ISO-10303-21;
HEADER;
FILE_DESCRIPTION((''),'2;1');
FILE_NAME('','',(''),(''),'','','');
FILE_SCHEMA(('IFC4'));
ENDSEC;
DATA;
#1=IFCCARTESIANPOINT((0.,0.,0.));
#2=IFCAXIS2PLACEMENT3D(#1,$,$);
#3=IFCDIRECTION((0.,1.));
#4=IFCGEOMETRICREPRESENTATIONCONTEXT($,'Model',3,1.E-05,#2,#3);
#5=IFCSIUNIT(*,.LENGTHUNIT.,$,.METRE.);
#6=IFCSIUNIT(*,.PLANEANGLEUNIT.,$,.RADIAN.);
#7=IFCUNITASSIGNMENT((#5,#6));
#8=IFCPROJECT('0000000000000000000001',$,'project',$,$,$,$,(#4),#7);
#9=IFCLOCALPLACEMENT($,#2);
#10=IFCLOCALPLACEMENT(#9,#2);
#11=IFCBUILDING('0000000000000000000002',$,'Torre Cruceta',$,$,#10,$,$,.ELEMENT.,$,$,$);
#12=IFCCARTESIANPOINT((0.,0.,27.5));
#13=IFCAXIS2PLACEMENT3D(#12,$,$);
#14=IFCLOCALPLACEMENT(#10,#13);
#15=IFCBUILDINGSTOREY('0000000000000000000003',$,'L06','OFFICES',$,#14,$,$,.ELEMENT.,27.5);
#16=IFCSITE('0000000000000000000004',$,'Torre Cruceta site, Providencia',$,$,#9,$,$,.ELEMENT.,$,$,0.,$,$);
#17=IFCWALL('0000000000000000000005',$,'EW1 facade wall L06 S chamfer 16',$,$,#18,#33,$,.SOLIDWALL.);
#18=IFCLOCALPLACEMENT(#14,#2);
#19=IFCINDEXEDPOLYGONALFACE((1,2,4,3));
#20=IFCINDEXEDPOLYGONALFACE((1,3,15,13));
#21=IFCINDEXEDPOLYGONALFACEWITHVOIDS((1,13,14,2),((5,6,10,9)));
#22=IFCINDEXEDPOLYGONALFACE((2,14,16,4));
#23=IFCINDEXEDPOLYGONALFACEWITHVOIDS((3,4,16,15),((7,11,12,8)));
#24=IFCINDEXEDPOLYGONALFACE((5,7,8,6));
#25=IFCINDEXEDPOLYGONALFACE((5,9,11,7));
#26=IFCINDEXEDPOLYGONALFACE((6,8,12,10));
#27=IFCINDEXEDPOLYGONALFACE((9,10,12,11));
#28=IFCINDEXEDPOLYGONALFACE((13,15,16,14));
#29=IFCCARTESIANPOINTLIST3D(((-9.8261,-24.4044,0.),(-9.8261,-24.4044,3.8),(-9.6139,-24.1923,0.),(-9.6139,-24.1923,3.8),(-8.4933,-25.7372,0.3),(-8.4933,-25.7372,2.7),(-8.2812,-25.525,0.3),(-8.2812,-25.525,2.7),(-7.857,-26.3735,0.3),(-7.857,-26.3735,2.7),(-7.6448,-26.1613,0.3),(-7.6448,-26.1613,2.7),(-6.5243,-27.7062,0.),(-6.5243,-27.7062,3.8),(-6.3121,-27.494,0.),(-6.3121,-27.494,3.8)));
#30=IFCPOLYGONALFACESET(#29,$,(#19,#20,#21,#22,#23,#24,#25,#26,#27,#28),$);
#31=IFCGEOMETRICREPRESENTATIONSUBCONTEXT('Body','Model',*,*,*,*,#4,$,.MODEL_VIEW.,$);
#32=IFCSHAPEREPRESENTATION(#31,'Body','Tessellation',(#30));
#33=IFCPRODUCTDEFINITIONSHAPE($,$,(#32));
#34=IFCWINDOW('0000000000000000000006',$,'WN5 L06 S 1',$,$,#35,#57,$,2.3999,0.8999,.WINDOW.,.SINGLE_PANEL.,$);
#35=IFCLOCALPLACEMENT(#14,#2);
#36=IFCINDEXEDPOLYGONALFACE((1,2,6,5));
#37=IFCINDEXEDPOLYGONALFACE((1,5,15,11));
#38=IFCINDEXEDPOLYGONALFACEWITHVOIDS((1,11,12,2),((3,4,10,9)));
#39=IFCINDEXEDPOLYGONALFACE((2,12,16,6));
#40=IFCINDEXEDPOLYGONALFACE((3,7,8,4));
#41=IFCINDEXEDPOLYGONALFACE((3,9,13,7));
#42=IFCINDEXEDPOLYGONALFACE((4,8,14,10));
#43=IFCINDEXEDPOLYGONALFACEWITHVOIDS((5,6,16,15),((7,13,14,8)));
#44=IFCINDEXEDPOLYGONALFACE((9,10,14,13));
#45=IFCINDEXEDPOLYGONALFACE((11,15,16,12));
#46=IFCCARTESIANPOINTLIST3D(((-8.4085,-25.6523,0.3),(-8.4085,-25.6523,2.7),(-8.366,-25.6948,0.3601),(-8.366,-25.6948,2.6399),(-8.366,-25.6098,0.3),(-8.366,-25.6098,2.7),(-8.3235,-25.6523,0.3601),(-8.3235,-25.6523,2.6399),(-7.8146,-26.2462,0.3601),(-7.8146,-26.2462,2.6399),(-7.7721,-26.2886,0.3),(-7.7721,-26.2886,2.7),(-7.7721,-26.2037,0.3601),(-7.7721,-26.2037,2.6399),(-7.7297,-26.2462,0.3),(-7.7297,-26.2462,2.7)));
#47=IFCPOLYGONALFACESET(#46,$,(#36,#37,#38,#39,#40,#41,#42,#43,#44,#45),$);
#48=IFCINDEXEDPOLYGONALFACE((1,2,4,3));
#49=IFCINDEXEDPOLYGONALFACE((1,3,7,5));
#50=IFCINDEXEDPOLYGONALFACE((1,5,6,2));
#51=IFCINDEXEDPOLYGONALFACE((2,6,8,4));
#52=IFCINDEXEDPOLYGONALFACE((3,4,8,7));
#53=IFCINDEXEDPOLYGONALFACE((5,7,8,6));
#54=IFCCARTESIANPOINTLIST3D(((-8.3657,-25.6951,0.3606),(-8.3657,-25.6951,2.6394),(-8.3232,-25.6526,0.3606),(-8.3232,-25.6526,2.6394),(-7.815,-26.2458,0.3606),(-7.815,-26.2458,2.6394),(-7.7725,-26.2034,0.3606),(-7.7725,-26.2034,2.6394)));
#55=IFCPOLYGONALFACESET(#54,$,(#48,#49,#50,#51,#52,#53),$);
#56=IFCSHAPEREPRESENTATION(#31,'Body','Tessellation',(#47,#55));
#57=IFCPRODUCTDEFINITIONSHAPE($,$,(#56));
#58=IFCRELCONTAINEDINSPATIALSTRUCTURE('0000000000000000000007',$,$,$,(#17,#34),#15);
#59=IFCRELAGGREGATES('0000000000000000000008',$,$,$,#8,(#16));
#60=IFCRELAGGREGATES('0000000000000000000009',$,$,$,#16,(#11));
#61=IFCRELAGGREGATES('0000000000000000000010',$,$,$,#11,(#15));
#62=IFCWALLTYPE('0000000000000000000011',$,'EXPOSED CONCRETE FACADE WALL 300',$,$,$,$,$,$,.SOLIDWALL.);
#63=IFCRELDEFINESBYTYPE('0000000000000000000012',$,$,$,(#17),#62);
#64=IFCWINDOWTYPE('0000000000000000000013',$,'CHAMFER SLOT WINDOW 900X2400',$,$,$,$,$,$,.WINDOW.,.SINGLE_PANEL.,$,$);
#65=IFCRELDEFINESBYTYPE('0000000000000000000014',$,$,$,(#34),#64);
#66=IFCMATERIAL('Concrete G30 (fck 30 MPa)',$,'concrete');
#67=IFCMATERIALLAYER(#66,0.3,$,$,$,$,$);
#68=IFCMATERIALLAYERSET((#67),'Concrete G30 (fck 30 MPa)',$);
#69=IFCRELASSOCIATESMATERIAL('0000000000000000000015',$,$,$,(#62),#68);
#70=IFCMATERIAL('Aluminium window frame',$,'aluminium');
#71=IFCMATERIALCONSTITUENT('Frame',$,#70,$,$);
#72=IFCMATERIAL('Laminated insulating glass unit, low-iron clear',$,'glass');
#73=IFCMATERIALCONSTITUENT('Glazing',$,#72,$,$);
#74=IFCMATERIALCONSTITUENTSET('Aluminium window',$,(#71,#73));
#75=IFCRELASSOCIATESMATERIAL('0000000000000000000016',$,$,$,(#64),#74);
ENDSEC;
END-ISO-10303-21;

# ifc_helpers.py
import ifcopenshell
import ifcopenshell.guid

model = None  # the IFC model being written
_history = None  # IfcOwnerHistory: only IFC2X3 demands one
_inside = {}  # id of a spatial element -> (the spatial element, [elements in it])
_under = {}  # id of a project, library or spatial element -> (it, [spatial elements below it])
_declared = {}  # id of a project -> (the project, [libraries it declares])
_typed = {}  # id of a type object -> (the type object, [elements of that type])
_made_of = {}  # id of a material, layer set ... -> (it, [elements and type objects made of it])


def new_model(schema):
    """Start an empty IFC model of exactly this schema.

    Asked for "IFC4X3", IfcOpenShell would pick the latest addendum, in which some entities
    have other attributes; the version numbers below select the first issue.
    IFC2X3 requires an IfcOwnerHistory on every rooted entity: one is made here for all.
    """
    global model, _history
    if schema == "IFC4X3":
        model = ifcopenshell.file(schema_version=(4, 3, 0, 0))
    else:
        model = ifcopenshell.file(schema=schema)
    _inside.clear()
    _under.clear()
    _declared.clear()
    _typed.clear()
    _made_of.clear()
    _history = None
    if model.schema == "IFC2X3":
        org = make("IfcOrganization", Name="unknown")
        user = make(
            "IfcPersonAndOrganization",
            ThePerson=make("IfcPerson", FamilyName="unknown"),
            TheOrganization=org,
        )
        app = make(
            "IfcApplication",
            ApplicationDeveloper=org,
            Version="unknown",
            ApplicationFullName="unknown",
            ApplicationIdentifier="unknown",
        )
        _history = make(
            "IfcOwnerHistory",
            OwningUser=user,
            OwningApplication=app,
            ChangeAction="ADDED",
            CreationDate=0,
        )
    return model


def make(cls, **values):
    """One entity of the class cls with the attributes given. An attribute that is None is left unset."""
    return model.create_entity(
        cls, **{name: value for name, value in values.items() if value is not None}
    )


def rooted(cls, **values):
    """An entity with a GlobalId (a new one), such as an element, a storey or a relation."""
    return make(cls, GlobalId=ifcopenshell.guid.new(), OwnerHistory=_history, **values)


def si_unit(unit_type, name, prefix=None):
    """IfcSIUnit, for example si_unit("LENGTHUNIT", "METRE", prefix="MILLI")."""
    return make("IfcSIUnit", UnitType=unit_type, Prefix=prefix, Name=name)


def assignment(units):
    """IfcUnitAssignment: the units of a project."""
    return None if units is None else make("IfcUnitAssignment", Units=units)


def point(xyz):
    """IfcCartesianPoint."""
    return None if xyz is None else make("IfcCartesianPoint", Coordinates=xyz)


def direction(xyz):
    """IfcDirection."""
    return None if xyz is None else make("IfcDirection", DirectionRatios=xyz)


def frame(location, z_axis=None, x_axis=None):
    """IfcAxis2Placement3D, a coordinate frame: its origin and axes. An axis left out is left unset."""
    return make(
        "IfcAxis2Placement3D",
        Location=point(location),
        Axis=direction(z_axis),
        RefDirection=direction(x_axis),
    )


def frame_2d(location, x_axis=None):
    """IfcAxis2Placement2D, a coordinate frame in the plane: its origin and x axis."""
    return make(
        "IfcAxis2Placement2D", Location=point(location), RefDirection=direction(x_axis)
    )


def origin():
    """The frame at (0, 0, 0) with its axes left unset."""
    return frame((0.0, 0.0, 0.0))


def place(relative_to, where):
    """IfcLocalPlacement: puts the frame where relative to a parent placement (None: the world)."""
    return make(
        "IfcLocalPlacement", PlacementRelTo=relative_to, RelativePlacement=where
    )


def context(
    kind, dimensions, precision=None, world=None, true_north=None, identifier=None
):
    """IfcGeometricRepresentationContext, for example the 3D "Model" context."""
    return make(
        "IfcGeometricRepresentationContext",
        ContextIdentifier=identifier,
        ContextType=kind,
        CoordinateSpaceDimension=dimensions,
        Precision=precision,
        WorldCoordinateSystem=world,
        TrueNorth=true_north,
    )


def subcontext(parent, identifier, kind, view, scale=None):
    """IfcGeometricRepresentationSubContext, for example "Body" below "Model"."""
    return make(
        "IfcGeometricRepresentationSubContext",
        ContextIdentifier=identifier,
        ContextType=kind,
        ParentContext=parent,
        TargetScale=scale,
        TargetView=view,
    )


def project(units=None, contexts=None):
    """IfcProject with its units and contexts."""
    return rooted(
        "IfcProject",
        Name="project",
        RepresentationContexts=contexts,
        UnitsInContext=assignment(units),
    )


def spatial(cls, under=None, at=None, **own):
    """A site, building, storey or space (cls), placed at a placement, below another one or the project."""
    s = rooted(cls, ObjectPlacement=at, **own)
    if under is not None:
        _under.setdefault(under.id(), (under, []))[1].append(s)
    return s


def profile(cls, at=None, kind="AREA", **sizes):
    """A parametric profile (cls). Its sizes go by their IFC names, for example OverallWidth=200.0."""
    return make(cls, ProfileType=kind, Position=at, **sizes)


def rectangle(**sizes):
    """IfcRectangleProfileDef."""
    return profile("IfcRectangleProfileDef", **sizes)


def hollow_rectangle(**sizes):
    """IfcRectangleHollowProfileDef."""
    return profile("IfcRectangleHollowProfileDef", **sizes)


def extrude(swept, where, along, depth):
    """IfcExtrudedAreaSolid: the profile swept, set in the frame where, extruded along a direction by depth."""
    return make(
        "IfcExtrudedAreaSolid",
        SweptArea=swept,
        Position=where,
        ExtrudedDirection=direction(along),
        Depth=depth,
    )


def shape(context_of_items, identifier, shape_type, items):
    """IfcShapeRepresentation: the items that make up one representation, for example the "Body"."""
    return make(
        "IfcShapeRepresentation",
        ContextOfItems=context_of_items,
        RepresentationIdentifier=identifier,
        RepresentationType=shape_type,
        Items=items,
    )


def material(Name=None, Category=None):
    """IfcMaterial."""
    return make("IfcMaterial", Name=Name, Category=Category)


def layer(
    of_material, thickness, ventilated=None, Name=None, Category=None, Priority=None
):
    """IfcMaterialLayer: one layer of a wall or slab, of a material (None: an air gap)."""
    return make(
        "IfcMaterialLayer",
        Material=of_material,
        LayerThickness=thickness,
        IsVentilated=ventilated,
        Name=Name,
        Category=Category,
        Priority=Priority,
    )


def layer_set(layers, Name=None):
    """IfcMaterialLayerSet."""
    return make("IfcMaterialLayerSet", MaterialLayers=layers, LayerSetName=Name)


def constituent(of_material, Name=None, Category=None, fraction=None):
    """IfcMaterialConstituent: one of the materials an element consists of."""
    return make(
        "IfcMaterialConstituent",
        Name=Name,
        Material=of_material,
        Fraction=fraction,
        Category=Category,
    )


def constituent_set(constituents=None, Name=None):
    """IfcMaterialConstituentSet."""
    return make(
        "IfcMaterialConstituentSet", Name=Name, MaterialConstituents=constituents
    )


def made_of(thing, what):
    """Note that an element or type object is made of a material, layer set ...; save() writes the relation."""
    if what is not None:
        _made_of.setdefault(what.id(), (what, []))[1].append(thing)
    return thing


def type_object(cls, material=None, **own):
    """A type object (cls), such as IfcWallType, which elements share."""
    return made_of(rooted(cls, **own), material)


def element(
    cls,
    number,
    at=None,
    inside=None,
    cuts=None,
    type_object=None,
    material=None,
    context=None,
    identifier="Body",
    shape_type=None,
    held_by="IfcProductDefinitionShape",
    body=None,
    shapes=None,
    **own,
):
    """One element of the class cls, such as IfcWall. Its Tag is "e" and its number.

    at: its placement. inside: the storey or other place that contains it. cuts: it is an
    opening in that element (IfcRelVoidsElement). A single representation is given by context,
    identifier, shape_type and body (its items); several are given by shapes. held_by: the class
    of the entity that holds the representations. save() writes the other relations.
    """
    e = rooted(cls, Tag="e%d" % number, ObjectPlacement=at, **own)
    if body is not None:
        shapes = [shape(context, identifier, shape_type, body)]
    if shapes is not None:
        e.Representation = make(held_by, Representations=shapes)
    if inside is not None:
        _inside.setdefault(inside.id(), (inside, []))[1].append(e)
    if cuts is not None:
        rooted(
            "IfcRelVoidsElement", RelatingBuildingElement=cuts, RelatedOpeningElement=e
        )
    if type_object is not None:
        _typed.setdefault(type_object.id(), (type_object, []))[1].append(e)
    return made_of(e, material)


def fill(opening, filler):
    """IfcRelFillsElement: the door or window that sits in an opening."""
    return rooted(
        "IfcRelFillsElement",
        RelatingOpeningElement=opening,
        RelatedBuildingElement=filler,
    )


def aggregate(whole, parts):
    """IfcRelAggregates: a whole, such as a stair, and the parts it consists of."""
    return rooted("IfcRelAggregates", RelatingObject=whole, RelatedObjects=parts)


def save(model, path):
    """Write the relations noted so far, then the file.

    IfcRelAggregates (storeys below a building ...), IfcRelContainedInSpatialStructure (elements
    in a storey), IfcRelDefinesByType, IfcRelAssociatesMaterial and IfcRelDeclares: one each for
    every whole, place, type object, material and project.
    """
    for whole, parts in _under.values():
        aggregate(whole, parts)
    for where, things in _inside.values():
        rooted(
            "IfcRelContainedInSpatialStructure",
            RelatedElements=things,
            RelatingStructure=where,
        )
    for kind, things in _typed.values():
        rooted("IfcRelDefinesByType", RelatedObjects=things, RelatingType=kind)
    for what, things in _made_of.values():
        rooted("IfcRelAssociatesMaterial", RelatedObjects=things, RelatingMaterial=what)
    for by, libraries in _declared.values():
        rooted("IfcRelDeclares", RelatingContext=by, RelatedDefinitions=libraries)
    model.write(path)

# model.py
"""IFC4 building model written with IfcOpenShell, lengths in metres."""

from ifc_helpers import new_model, si_unit, direction, frame, frame_2d, origin, place, context, subcontext, project, spatial, rectangle, hollow_rectangle, extrude, material, layer, layer_set, constituent, constituent_set, type_object, element, fill, save


model = new_model("IFC4")

# Units and contexts
model_context = context("Model", 3, precision=1e-05, world=origin(), true_north=direction((0.0, 1.0)))
body_context = subcontext(model_context, "Body", "Model", "MODEL_VIEW")
ifc_project = project(units=[si_unit("LENGTHUNIT", "METRE"), si_unit("PLANEANGLEUNIT", "RADIAN")], contexts=[model_context])

# Site, building, storey
site_placement = place(None, origin())
site = spatial("IfcSite", under=ifc_project, at=site_placement, Name="Torre Cruceta site, Providencia", CompositionType="ELEMENT", RefElevation=0.0)
building_placement = place(site_placement, origin())
building = spatial("IfcBuilding", under=site, at=building_placement, Name="Torre Cruceta", CompositionType="ELEMENT")
storey_placement = place(building_placement, frame((0.0, 0.0, 27.5)))
storey = spatial("IfcBuildingStorey", under=building, at=storey_placement, Name="L06", Description="OFFICES", CompositionType="ELEMENT", Elevation=27.5)

# Wall, opening, window
ifc_material_1 = material(Name="Concrete G30 (fck 30 MPa)", Category="concrete")
ifc_layer_1 = layer(ifc_material_1, 0.3)
ifc_layer_set_1 = layer_set([ifc_layer_1], Name="Concrete G30 (fck 30 MPa)")
wall_type = type_object("IfcWallType", Name="EXPOSED CONCRETE FACADE WALL 300", PredefinedType="SOLIDWALL", material=ifc_layer_set_1)
wall_placement = place(storey_placement, frame((-9.72, -24.2983, 0.0), z_axis=(0.0, 0.0, 1.0), x_axis=(0.707107, -0.707107, 0.0)))
wall = element("IfcWall", 1, at=wall_placement, inside=storey, type_object=wall_type, Name="EW1 facade wall L06 S chamfer 16", PredefinedType="SOLIDWALL", context=body_context, shape_type="SweptSolid", body=[
    extrude(rectangle(XDim=4.6694, YDim=0.3, at=frame_2d((2.3347, 0.0))), origin(), (0.0, 0.0, 1.0), 3.8),
])
opening_placement = place(wall_placement, frame((1.8848, 0.0, 0.3)))
opening = element("IfcOpeningElement", 2, at=opening_placement, cuts=wall, PredefinedType="OPENING", context=body_context, shape_type="SweptSolid", body=[
    extrude(rectangle(XDim=0.8999, YDim=2.3999, at=frame_2d((0.45, 1.2))), frame((0.0, 0.1599, 0.0), z_axis=(0.0, -1.0, 0.0), x_axis=(1.0, 0.0, 0.0)), (0.0, 0.0, 1.0), 0.3201),
])
ifc_material_2 = material(Name="Aluminium window frame", Category="aluminium")
ifc_constituent_1 = constituent(ifc_material_2, Name="Frame")
ifc_material_3 = material(Name="Laminated insulating glass unit, low-iron clear", Category="glass")
ifc_constituent_2 = constituent(ifc_material_3, Name="Glazing")
ifc_constituent_set = constituent_set(constituents=[ifc_constituent_1, ifc_constituent_2], Name="Aluminium window")
window_type = type_object("IfcWindowType", Name="CHAMFER SLOT WINDOW 900X2400", PartitioningType="SINGLE_PANEL", PredefinedType="WINDOW", material=ifc_constituent_set)
window_placement = place(opening_placement, origin())
window = element("IfcWindow", 3, at=window_placement, inside=storey, type_object=window_type, Name="WN5 L06 S 1", OverallHeight=2.3999, OverallWidth=0.8999, PartitioningType="SINGLE_PANEL", PredefinedType="WINDOW", context=body_context, shape_type="SweptSolid", body=[
    extrude(hollow_rectangle(XDim=0.8999, YDim=2.3999, WallThickness=0.0601, at=frame_2d((0.45, 1.2))), frame((0.0, 0.03, 0.0), z_axis=(0.0, -1.0, 0.0), x_axis=(1.0, 0.0, 0.0)), (0.0, 0.0, 1.0), 0.0601),
    extrude(rectangle(XDim=0.7788, YDim=2.2788, at=frame_2d((0.45, 1.2))), frame((0.0, 0.03, 0.0), z_axis=(0.0, -1.0, 0.0), x_axis=(1.0, 0.0, 0.0)), (0.0, 0.0, 1.0), 0.0601),
])
fill(opening, window)

save(model, "model.ifc")
